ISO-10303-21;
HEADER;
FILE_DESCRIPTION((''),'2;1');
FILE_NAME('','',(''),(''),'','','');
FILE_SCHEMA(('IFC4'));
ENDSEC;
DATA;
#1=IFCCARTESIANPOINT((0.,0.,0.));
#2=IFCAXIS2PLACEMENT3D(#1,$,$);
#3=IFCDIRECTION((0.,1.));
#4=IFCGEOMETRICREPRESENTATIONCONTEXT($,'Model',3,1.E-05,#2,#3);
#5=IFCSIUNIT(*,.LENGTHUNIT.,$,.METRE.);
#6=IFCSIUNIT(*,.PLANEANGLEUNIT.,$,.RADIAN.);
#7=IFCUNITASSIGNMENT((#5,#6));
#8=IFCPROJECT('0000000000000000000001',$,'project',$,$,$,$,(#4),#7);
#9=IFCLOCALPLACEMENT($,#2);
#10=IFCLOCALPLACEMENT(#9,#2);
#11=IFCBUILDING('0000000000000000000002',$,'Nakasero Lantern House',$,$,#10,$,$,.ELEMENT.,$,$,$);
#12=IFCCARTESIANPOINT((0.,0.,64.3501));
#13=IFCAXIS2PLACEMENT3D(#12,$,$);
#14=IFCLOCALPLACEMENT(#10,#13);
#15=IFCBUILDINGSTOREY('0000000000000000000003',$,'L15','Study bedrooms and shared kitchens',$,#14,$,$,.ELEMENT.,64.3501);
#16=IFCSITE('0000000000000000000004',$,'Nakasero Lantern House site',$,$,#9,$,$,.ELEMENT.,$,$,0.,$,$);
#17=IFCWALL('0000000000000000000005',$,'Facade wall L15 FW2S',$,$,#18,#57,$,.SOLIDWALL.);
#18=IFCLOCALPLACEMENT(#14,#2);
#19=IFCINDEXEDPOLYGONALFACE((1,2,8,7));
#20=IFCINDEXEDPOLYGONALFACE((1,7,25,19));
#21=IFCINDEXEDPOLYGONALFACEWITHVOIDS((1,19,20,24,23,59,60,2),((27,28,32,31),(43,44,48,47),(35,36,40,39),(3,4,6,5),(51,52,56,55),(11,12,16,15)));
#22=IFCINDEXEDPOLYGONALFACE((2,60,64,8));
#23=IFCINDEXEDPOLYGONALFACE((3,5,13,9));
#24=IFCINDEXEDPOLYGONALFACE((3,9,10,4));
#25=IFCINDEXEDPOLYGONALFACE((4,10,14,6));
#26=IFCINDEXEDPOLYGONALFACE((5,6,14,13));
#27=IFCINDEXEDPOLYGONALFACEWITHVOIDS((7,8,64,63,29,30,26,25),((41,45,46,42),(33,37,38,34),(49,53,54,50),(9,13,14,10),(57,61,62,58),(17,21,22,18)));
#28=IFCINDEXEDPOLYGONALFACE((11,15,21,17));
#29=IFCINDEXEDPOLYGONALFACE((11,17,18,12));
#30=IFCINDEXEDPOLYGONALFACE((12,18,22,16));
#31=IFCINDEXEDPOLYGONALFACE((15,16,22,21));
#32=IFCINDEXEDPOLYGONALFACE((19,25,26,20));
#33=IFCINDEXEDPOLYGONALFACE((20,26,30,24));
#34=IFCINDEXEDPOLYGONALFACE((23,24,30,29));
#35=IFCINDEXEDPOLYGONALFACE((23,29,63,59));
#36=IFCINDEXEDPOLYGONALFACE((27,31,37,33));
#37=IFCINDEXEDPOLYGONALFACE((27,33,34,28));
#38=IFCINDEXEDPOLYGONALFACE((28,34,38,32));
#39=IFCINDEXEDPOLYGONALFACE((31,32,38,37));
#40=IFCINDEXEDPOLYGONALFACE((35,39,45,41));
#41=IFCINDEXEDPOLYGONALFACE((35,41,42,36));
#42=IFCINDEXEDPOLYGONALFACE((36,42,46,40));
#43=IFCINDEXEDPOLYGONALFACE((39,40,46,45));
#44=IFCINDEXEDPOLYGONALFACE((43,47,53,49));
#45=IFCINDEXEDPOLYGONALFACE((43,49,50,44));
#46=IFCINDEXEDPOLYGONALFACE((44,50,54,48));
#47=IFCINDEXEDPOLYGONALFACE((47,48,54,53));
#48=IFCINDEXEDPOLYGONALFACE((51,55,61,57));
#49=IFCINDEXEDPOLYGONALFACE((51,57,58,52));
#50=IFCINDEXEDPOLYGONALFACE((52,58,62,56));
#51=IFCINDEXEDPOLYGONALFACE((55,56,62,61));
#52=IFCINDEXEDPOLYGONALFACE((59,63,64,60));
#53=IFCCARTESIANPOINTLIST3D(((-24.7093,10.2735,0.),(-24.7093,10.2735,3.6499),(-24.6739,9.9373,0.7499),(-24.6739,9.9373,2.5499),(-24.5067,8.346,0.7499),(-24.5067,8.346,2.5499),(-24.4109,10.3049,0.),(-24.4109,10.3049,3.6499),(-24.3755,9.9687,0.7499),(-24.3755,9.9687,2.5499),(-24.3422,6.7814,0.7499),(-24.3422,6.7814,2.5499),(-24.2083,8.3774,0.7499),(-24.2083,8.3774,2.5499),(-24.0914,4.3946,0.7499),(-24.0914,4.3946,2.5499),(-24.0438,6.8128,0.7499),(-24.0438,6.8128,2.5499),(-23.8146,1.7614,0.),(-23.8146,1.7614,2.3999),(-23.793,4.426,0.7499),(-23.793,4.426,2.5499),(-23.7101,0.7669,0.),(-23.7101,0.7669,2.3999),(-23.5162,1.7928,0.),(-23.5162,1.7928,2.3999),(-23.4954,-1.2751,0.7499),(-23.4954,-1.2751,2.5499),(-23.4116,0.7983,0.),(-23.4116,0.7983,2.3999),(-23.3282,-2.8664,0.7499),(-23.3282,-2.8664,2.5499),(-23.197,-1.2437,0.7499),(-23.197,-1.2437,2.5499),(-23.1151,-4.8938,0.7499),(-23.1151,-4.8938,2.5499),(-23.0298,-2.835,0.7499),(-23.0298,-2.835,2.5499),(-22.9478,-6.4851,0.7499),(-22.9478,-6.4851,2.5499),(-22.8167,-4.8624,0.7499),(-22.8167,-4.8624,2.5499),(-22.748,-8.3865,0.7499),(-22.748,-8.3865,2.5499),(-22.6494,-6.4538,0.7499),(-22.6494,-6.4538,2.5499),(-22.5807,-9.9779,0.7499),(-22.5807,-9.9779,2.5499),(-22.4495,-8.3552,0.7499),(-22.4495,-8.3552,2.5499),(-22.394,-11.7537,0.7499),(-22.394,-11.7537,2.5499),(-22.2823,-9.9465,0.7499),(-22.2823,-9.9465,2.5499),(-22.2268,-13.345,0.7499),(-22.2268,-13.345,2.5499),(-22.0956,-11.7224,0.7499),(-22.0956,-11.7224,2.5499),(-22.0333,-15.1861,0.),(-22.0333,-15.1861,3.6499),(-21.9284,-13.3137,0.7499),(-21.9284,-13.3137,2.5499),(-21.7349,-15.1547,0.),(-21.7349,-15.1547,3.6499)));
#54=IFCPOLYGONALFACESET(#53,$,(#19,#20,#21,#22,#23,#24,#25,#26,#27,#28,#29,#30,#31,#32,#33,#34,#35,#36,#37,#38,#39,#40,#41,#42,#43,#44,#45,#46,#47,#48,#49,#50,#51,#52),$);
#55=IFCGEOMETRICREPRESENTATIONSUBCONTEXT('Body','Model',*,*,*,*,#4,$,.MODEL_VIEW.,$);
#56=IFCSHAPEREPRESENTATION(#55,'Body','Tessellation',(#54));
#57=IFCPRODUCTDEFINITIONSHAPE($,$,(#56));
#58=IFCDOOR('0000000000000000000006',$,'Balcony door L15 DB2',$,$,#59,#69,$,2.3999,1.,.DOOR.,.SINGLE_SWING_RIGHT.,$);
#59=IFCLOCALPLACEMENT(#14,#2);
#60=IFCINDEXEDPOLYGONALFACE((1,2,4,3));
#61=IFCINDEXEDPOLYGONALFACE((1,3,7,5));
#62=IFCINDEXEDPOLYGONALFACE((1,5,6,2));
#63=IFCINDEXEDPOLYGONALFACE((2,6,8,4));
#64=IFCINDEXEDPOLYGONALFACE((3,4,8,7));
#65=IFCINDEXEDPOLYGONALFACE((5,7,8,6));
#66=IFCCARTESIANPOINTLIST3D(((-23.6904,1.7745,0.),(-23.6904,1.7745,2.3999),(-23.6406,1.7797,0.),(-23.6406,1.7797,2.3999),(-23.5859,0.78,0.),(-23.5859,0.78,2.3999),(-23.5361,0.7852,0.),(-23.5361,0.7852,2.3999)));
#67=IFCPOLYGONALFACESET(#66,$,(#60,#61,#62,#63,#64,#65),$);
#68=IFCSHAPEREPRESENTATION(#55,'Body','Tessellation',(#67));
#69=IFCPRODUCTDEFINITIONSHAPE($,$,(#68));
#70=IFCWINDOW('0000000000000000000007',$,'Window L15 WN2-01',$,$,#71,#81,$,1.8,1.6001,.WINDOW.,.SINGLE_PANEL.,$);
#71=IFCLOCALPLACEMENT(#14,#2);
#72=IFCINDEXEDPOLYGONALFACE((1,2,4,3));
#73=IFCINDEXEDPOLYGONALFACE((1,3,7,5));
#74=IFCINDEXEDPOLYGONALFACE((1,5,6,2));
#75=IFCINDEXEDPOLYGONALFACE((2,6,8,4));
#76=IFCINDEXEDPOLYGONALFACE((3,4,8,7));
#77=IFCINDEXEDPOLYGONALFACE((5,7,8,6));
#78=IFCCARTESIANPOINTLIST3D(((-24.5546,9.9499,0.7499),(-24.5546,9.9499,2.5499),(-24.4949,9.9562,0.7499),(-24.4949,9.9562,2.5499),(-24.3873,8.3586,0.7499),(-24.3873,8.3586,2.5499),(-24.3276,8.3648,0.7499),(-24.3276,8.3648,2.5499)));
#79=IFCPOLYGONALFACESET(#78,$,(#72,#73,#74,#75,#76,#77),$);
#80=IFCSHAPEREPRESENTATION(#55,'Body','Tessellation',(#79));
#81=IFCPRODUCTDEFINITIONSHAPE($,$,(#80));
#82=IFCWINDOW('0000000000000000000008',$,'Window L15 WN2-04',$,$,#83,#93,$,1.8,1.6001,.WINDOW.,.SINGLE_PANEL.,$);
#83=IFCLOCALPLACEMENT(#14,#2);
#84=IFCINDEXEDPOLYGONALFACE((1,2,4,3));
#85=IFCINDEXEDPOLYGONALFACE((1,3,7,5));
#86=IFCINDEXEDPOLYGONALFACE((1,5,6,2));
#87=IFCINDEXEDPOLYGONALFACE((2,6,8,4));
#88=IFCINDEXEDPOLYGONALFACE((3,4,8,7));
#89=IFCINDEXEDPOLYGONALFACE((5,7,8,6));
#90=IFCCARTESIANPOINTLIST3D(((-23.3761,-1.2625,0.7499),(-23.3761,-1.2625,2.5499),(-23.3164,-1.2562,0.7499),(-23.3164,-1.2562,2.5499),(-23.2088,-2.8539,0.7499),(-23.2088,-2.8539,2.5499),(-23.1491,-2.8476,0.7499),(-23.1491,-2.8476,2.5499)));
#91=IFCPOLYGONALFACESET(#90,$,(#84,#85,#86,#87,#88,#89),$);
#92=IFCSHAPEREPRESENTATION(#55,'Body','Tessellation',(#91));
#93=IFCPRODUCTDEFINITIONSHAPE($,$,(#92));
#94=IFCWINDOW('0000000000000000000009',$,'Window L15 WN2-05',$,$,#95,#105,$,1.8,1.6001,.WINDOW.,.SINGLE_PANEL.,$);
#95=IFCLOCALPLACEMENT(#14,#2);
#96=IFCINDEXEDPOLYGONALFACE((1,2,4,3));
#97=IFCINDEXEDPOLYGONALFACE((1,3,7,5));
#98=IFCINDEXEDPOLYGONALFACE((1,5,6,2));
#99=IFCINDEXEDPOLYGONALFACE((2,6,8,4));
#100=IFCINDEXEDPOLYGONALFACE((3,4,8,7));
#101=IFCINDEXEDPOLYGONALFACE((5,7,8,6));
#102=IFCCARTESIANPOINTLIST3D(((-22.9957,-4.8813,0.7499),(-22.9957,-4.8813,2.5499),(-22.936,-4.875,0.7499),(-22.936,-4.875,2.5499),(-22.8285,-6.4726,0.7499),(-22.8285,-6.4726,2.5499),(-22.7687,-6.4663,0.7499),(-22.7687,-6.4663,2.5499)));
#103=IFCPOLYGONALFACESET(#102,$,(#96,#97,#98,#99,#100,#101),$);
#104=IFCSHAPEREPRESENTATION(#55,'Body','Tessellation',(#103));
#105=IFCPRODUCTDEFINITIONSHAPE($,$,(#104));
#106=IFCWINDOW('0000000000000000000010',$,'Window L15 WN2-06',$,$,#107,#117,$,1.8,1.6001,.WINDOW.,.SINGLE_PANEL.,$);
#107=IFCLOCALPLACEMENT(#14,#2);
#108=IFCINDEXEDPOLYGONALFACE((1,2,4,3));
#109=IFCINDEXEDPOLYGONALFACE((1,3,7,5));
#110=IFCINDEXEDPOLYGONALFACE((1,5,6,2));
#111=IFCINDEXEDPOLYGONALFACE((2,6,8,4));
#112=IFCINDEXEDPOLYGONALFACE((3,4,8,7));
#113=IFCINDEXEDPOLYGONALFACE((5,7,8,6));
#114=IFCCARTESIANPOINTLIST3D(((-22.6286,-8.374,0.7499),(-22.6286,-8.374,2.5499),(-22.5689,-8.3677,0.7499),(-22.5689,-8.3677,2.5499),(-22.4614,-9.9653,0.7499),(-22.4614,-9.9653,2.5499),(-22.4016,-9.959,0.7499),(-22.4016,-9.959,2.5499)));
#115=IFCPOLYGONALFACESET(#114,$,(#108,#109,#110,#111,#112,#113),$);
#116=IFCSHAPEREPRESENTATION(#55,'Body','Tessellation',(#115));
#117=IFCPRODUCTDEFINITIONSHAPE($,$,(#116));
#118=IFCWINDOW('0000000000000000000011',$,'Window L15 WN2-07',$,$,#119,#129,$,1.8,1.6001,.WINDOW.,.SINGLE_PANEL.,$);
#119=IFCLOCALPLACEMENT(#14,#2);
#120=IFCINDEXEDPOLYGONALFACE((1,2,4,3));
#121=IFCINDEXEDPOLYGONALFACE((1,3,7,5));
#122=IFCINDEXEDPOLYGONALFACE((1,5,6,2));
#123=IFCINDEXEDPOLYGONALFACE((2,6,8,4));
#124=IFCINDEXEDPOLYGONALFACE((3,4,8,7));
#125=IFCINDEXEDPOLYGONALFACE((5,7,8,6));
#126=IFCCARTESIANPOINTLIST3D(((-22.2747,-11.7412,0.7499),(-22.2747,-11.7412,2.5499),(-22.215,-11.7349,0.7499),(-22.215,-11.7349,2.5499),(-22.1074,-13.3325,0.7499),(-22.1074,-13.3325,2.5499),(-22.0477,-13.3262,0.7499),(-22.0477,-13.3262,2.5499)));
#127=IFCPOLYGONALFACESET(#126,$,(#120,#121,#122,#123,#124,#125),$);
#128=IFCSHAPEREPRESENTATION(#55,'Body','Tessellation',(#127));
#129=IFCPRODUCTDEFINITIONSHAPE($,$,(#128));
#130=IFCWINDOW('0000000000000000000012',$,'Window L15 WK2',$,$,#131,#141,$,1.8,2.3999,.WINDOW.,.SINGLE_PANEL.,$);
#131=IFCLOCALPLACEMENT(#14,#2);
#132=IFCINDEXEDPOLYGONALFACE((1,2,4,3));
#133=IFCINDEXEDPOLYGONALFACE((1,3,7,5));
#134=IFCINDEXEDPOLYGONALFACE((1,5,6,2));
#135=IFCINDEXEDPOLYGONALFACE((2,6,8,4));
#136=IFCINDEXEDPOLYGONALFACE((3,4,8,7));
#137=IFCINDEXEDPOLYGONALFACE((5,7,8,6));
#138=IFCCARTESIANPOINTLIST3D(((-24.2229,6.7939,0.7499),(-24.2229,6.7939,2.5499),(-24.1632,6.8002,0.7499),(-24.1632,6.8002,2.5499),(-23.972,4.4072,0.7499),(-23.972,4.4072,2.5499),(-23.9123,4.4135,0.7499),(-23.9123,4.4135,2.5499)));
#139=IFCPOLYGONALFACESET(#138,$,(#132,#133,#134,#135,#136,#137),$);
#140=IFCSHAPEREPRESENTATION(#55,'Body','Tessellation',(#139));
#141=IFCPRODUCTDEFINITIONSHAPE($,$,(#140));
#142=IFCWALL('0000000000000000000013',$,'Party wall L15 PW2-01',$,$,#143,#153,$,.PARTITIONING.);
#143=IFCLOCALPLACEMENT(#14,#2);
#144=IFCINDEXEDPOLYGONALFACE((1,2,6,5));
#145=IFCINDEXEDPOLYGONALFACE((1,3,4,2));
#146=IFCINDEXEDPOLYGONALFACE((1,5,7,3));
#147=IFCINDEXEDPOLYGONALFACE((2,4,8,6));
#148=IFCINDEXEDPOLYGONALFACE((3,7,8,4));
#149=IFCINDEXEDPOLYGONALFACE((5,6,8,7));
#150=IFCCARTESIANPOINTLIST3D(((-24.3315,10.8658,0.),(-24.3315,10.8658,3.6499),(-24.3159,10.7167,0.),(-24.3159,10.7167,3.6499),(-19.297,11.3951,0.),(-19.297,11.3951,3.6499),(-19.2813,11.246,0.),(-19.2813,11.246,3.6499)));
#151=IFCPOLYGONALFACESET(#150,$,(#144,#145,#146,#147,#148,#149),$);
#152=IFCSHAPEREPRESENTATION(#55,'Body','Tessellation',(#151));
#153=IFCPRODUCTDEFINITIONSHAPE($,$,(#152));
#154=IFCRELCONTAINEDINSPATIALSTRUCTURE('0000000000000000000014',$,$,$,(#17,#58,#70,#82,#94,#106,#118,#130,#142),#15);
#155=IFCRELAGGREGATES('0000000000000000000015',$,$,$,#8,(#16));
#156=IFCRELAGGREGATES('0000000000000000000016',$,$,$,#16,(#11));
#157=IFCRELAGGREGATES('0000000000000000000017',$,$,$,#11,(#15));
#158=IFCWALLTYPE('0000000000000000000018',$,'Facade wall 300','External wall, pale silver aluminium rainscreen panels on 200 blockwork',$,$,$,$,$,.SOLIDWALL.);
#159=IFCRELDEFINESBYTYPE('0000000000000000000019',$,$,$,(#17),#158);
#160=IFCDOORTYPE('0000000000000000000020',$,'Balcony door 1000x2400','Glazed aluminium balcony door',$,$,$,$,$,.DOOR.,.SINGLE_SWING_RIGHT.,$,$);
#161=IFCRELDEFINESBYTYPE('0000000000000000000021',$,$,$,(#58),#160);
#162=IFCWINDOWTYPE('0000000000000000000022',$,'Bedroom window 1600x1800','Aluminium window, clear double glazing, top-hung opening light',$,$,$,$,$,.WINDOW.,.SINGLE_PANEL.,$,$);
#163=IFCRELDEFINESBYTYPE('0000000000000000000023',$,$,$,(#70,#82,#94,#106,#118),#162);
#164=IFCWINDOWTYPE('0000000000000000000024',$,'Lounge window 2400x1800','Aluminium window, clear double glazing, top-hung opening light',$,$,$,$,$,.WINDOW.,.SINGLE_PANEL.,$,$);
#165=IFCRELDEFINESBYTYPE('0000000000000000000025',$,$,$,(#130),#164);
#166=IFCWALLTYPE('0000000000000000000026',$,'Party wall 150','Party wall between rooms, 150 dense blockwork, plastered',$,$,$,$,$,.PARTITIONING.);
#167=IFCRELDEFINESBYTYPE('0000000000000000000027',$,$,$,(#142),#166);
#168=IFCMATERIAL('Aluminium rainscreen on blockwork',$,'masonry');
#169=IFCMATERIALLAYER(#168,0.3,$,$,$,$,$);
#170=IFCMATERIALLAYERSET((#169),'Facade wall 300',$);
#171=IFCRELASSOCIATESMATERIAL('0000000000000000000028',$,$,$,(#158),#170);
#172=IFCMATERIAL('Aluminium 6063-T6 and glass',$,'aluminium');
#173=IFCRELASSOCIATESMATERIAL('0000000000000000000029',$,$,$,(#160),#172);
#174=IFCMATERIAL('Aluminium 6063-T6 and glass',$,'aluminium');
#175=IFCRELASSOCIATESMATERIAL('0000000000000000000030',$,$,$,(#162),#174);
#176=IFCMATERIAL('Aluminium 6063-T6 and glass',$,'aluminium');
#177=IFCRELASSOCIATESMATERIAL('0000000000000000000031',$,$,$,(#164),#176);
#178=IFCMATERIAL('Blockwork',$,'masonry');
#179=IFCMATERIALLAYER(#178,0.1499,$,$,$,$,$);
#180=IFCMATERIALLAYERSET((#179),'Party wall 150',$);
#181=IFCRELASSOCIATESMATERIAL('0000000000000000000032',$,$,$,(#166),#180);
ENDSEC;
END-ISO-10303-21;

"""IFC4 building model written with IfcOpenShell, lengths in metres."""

from ifc_helpers import new_model, si_unit, direction, frame, frame_2d, origin, place, context, subcontext, project, spatial, rectangle, extrude, material, layer, layer_set, type_object, element, fill, save


model = new_model("IFC4")

# Units and contexts
model_context = context("Model", 3, precision=1e-05, world=origin(), true_north=direction((0.0, 1.0)))
body_context = subcontext(model_context, "Body", "Model", "MODEL_VIEW")
ifc_project = project(units=[si_unit("LENGTHUNIT", "METRE"), si_unit("PLANEANGLEUNIT", "RADIAN")], contexts=[model_context])

# Site, building, storey
site_placement = place(None, origin())
site = spatial("IfcSite", under=ifc_project, at=site_placement, Name="Nakasero Lantern House site", CompositionType="ELEMENT", RefElevation=0.0)
building_placement = place(site_placement, origin())
building = spatial("IfcBuilding", under=site, at=building_placement, Name="Nakasero Lantern House", CompositionType="ELEMENT")
storey_placement = place(building_placement, frame((0.0, 0.0, 64.3501)))
storey = spatial("IfcBuildingStorey", under=building, at=storey_placement, Name="L15", Description="Study bedrooms and shared kitchens", CompositionType="ELEMENT", Elevation=64.3501)

# Wall, openings, door, windows
ifc_material_1 = material(Name="Aluminium rainscreen on blockwork", Category="masonry")
ifc_layer_1 = layer(ifc_material_1, 0.3)
ifc_layer_set_1 = layer_set([ifc_layer_1], Name="Facade wall 300")
wall_type_1 = type_object("IfcWallType", Name="Facade wall 300", Description="External wall, pale silver aluminium rainscreen panels on 200 blockwork", PredefinedType="SOLIDWALL", material=ifc_layer_set_1)
wall_1_placement = place(storey_placement, frame((-24.5601, 10.2891, 0.0), z_axis=(0.0, 0.0, 1.0), x_axis=(0.104532, -0.994521, 0.0)))
wall_1 = element("IfcWall", 1, at=wall_1_placement, inside=storey, type_object=wall_type_1, Name="Facade wall L15 FW2S", PredefinedType="SOLIDWALL", context=body_context, shape_type="SweptSolid", body=[
    extrude(rectangle(XDim=25.5999, YDim=0.3, at=frame_2d((12.7998, 0.0))), origin(), (0.0, 0.0, 1.0), 3.6499),
])
opening_1_placement = place(wall_1_placement, frame((0.3379, 0.0, 0.75)))
opening_1 = element("IfcOpeningElement", 2, at=opening_1_placement, cuts=wall_1, PredefinedType="OPENING", context=body_context, shape_type="SweptSolid", body=[
    extrude(rectangle(XDim=1.6001, YDim=1.8, at=frame_2d((0.8, 0.8999))), frame((0.0, 0.1699, 0.0), z_axis=(0.0, -1.0, 0.0), x_axis=(1.0, 0.0, 0.0)), (0.0, 0.0, 1.0), 0.3401),
])
opening_2_placement = place(wall_1_placement, frame((11.6121, 0.0, 0.75)))
opening_2 = element("IfcOpeningElement", 3, at=opening_2_placement, cuts=wall_1, PredefinedType="OPENING", context=body_context, shape_type="SweptSolid", body=[
    extrude(rectangle(XDim=1.6001, YDim=1.8, at=frame_2d((0.8, 0.8999))), frame((0.0, 0.1699, 0.0), z_axis=(0.0, -1.0, 0.0), x_axis=(1.0, 0.0, 0.0)), (0.0, 0.0, 1.0), 0.3401),
])
opening_3_placement = place(wall_1_placement, frame((15.2507, 0.0, 0.75)))
opening_3 = element("IfcOpeningElement", 4, at=opening_3_placement, cuts=wall_1, PredefinedType="OPENING", context=body_context, shape_type="SweptSolid", body=[
    extrude(rectangle(XDim=1.6001, YDim=1.8, at=frame_2d((0.8, 0.8999))), frame((0.0, 0.1699, 0.0), z_axis=(0.0, -1.0, 0.0), x_axis=(1.0, 0.0, 0.0)), (0.0, 0.0, 1.0), 0.3401),
])
opening_4_placement = place(wall_1_placement, frame((18.7627, 0.0, 0.75)))
opening_4 = element("IfcOpeningElement", 5, at=opening_4_placement, cuts=wall_1, PredefinedType="OPENING", context=body_context, shape_type="SweptSolid", body=[
    extrude(rectangle(XDim=1.6001, YDim=1.8, at=frame_2d((0.8, 0.8999))), frame((0.0, 0.1699, 0.0), z_axis=(0.0, -1.0, 0.0), x_axis=(1.0, 0.0, 0.0)), (0.0, 0.0, 1.0), 0.3401),
])
opening_5_placement = place(wall_1_placement, frame((22.1484, 0.0, 0.75)))
opening_5 = element("IfcOpeningElement", 6, at=opening_5_placement, cuts=wall_1, PredefinedType="OPENING", context=body_context, shape_type="SweptSolid", body=[
    extrude(rectangle(XDim=1.6001, YDim=1.8, at=frame_2d((0.8, 0.8999))), frame((0.0, 0.1699, 0.0), z_axis=(0.0, -1.0, 0.0), x_axis=(1.0, 0.0, 0.0)), (0.0, 0.0, 1.0), 0.3401),
])
opening_6_placement = place(wall_1_placement, frame((3.5112, 0.0, 0.75)))
opening_6 = element("IfcOpeningElement", 7, at=opening_6_placement, cuts=wall_1, PredefinedType="OPENING", context=body_context, shape_type="SweptSolid", body=[
    extrude(rectangle(XDim=2.3999, YDim=1.8, at=frame_2d((1.2, 0.8999))), frame((0.0, 0.1699, 0.0), z_axis=(0.0, -1.0, 0.0), x_axis=(1.0, 0.0, 0.0)), (0.0, 0.0, 1.0), 0.3401),
])
opening_7_placement = place(wall_1_placement, frame((8.5588, 0.0, 0.0)))
opening_7 = element("IfcOpeningElement", 8, at=opening_7_placement, cuts=wall_1, PredefinedType="OPENING", context=body_context, shape_type="SweptSolid", body=[
    extrude(rectangle(XDim=1.0, YDim=2.3999, at=frame_2d((0.5, 1.2))), frame((0.0, 0.1699, 0.0), z_axis=(0.0, -1.0, 0.0), x_axis=(1.0, 0.0, 0.0)), (0.0, 0.0, 1.0), 0.3401),
])
ifc_material_2 = material(Name="Aluminium 6063-T6 and glass", Category="aluminium")
door_type_1 = type_object("IfcDoorType", Name="Balcony door 1000x2400", Description="Glazed aluminium balcony door", OperationType="SINGLE_SWING_RIGHT", PredefinedType="DOOR", material=ifc_material_2)
door_1_placement = place(opening_7_placement, origin())
door_1 = element("IfcDoor", 9, at=door_1_placement, inside=storey, type_object=door_type_1, Name="Balcony door L15 DB2", OperationType="SINGLE_SWING_RIGHT", OverallHeight=2.3999, OverallWidth=1.0, PredefinedType="DOOR", context=body_context, shape_type="SweptSolid", body=[
    extrude(rectangle(XDim=1.0, YDim=2.3999, at=frame_2d((0.5, 1.2))), frame((0.0, 0.0249, 0.0), z_axis=(0.0, -1.0, 0.0), x_axis=(1.0, 0.0, 0.0)), (0.0, 0.0, 1.0), 0.05),
])
fill(opening_7, door_1)
ifc_material_3 = material(Name="Aluminium 6063-T6 and glass", Category="aluminium")
window_type_1 = type_object("IfcWindowType", Name="Bedroom window 1600x1800", Description="Aluminium window, clear double glazing, top-hung opening light", PartitioningType="SINGLE_PANEL", PredefinedType="WINDOW", material=ifc_material_3)
window_1_placement = place(opening_1_placement, origin())
window_1 = element("IfcWindow", 10, at=window_1_placement, inside=storey, type_object=window_type_1, Name="Window L15 WN2-01", OverallHeight=1.8, OverallWidth=1.6001, PartitioningType="SINGLE_PANEL", PredefinedType="WINDOW", context=body_context, shape_type="SweptSolid", body=[
    extrude(rectangle(XDim=1.6001, YDim=1.8, at=frame_2d((0.8, 0.8999))), frame((0.0, 0.03, 0.0), z_axis=(0.0, -1.0, 0.0), x_axis=(1.0, 0.0, 0.0)), (0.0, 0.0, 1.0), 0.0601),
])
fill(opening_1, window_1)
window_2_placement = place(opening_2_placement, origin())
window_2 = element("IfcWindow", 11, at=window_2_placement, inside=storey, type_object=window_type_1, Name="Window L15 WN2-04", OverallHeight=1.8, OverallWidth=1.6001, PartitioningType="SINGLE_PANEL", PredefinedType="WINDOW", context=body_context, shape_type="SweptSolid", body=[
    extrude(rectangle(XDim=1.6001, YDim=1.8, at=frame_2d((0.8, 0.8999))), frame((0.0, 0.03, 0.0), z_axis=(0.0, -1.0, 0.0), x_axis=(1.0, 0.0, 0.0)), (0.0, 0.0, 1.0), 0.0601),
])
fill(opening_2, window_2)
window_3_placement = place(opening_3_placement, origin())
window_3 = element("IfcWindow", 12, at=window_3_placement, inside=storey, type_object=window_type_1, Name="Window L15 WN2-05", OverallHeight=1.8, OverallWidth=1.6001, PartitioningType="SINGLE_PANEL", PredefinedType="WINDOW", context=body_context, shape_type="SweptSolid", body=[
    extrude(rectangle(XDim=1.6001, YDim=1.8, at=frame_2d((0.8, 0.8999))), frame((0.0, 0.03, 0.0), z_axis=(0.0, -1.0, 0.0), x_axis=(1.0, 0.0, 0.0)), (0.0, 0.0, 1.0), 0.0601),
])
fill(opening_3, window_3)
window_4_placement = place(opening_4_placement, origin())
window_4 = element("IfcWindow", 13, at=window_4_placement, inside=storey, type_object=window_type_1, Name="Window L15 WN2-06", OverallHeight=1.8, OverallWidth=1.6001, PartitioningType="SINGLE_PANEL", PredefinedType="WINDOW", context=body_context, shape_type="SweptSolid", body=[
    extrude(rectangle(XDim=1.6001, YDim=1.8, at=frame_2d((0.8, 0.8999))), frame((0.0, 0.03, 0.0), z_axis=(0.0, -1.0, 0.0), x_axis=(1.0, 0.0, 0.0)), (0.0, 0.0, 1.0), 0.0601),
])
fill(opening_4, window_4)
window_5_placement = place(opening_5_placement, origin())
window_5 = element("IfcWindow", 14, at=window_5_placement, inside=storey, type_object=window_type_1, Name="Window L15 WN2-07", OverallHeight=1.8, OverallWidth=1.6001, PartitioningType="SINGLE_PANEL", PredefinedType="WINDOW", context=body_context, shape_type="SweptSolid", body=[
    extrude(rectangle(XDim=1.6001, YDim=1.8, at=frame_2d((0.8, 0.8999))), frame((0.0, 0.03, 0.0), z_axis=(0.0, -1.0, 0.0), x_axis=(1.0, 0.0, 0.0)), (0.0, 0.0, 1.0), 0.0601),
])
fill(opening_5, window_5)
ifc_material_4 = material(Name="Aluminium 6063-T6 and glass", Category="aluminium")
window_type_2 = type_object("IfcWindowType", Name="Lounge window 2400x1800", Description="Aluminium window, clear double glazing, top-hung opening light", PartitioningType="SINGLE_PANEL", PredefinedType="WINDOW", material=ifc_material_4)
window_6_placement = place(opening_6_placement, origin())
window_6 = element("IfcWindow", 15, at=window_6_placement, inside=storey, type_object=window_type_2, Name="Window L15 WK2", OverallHeight=1.8, OverallWidth=2.3999, PartitioningType="SINGLE_PANEL", PredefinedType="WINDOW", context=body_context, shape_type="SweptSolid", body=[
    extrude(rectangle(XDim=2.3999, YDim=1.8, at=frame_2d((1.2, 0.8999))), frame((0.0, 0.03, 0.0), z_axis=(0.0, -1.0, 0.0), x_axis=(1.0, 0.0, 0.0)), (0.0, 0.0, 1.0), 0.0601),
])
fill(opening_6, window_6)

# Wall
ifc_material_5 = material(Name="Blockwork", Category="masonry")
ifc_layer_2 = layer(ifc_material_5, 0.1499)
ifc_layer_set_2 = layer_set([ifc_layer_2], Name="Party wall 150")
wall_type_2 = type_object("IfcWallType", Name="Party wall 150", Description="Party wall between rooms, 150 dense blockwork, plastered", PredefinedType="PARTITIONING", material=ifc_layer_set_2)
wall_2_placement = place(storey_placement, frame((-19.2891, 11.3206, 0.0), z_axis=(0.0, 0.0, 1.0), x_axis=(-0.994519, -0.104559, 0.0)))
element("IfcWall", 16, at=wall_2_placement, inside=storey, type_object=wall_type_2, Name="Party wall L15 PW2-01", PredefinedType="PARTITIONING", context=body_context, shape_type="SweptSolid", body=[
    extrude(rectangle(XDim=5.0623, YDim=0.1499, at=frame_2d((2.5312, 0.0))), origin(), (0.0, 0.0, 1.0), 3.6499),
])

save(model, "model.ifc")
